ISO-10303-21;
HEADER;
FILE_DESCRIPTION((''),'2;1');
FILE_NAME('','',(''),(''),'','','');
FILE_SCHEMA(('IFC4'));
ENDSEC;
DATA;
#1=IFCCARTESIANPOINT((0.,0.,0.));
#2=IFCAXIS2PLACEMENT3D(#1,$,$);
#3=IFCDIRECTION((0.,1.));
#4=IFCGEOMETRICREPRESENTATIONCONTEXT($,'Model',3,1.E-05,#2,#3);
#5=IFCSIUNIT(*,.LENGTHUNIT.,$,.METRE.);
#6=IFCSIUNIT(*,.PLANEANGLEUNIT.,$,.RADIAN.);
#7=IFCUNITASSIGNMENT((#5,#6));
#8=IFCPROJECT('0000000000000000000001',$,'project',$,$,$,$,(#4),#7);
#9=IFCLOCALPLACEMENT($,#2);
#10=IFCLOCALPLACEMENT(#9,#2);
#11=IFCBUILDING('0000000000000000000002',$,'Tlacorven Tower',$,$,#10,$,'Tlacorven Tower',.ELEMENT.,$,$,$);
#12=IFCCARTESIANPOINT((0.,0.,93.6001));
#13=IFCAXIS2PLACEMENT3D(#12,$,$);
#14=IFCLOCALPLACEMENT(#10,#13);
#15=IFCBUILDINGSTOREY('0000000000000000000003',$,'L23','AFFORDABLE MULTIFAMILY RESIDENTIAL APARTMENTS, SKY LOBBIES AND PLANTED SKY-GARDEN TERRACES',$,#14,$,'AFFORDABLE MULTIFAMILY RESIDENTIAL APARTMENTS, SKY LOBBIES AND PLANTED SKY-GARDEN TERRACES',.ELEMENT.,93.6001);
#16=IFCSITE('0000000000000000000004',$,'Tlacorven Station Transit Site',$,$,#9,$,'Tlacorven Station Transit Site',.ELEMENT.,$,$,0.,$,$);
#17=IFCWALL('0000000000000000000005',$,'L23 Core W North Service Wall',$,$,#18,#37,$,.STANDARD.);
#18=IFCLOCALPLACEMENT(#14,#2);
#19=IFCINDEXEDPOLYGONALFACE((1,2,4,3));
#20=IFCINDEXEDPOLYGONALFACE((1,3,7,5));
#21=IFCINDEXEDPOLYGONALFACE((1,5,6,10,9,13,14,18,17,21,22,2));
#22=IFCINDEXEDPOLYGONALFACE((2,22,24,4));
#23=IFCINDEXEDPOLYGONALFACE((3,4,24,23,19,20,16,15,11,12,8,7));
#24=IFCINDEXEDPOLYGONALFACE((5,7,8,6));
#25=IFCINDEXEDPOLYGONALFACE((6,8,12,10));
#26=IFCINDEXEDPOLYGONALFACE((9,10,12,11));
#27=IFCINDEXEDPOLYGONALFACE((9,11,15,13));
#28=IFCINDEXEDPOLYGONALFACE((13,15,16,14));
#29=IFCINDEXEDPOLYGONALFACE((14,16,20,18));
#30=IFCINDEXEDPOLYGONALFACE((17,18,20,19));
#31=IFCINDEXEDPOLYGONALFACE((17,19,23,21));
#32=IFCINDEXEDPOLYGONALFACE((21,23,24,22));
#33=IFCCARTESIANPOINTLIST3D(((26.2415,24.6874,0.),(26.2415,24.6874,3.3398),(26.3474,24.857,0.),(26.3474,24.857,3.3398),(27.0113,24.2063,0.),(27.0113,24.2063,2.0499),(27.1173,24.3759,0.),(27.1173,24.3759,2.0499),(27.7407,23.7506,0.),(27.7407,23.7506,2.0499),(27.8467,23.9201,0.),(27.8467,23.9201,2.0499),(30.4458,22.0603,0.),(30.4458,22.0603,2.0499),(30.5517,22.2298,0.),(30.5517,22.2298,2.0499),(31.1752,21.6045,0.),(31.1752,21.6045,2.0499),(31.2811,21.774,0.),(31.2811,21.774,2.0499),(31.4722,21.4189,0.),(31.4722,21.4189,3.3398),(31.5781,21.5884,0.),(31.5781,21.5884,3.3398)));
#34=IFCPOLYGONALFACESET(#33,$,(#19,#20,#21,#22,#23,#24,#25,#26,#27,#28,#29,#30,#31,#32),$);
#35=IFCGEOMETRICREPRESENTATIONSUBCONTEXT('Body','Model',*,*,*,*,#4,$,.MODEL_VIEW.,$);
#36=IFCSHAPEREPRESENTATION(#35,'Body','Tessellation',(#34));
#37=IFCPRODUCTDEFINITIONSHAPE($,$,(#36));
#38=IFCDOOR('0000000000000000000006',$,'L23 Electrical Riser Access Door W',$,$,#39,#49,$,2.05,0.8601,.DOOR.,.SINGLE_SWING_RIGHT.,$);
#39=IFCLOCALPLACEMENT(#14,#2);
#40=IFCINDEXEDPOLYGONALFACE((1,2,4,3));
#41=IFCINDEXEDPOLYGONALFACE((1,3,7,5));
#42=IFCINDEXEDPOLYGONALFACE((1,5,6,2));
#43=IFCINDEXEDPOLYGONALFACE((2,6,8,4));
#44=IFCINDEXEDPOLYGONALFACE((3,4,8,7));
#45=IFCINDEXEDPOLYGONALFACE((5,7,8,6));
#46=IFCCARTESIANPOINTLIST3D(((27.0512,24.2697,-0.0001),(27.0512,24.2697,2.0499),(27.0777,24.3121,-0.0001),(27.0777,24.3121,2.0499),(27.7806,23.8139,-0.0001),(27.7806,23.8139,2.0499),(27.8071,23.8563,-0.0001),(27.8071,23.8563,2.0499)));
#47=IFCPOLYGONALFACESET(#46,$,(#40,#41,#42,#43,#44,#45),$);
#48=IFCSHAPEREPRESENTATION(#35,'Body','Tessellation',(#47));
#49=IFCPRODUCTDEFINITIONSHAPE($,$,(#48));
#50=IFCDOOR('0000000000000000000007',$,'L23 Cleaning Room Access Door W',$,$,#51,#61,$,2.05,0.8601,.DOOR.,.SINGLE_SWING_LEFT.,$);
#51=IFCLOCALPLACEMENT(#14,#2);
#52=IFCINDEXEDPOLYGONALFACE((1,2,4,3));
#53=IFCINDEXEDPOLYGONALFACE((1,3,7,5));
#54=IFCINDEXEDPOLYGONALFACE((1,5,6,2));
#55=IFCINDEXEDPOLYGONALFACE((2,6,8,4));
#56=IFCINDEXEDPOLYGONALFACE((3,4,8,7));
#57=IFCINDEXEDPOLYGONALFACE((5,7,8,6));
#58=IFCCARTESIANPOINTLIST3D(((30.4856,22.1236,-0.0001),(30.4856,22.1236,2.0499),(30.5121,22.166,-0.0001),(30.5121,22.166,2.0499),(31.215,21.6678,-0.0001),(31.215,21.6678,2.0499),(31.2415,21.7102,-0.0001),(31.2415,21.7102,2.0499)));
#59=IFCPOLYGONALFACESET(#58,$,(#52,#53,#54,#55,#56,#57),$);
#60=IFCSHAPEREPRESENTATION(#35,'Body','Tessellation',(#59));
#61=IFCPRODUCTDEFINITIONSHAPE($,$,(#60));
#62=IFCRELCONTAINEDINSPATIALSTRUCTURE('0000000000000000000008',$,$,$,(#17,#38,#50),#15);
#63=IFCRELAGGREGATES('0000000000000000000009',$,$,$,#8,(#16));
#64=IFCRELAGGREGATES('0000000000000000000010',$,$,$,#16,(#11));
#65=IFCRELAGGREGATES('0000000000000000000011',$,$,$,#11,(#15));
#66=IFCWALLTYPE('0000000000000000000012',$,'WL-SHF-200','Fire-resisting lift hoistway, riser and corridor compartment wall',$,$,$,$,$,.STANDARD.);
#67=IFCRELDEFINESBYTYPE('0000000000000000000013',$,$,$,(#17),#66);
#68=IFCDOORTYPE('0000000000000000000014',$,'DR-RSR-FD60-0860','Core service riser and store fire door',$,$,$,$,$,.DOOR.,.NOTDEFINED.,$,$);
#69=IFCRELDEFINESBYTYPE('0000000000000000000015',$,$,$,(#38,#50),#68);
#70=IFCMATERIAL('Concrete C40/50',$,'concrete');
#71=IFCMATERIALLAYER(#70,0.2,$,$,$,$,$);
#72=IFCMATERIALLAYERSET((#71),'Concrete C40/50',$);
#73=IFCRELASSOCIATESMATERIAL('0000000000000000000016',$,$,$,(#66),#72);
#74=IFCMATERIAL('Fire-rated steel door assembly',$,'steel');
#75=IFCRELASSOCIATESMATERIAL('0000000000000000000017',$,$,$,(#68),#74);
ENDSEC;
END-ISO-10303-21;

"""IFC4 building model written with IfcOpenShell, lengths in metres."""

from ifc_helpers import new_model, si_unit, direction, frame, frame_2d, origin, place, context, subcontext, project, spatial, rectangle, extrude, source, transform, mapped, material, layer, layer_set, type_object, element, fill, save


model = new_model("IFC4")

# Units and contexts
model_context = context("Model", 3, precision=1e-05, world=origin(), true_north=direction((0.0, 1.0)))
body_context = subcontext(model_context, "Body", "Model", "MODEL_VIEW")
ifc_project = project(units=[si_unit("LENGTHUNIT", "METRE"), si_unit("PLANEANGLEUNIT", "RADIAN")], contexts=[model_context])

# Site, building, storey
site_placement = place(None, origin())
site = spatial("IfcSite", under=ifc_project, at=site_placement, Name="Tlacorven Station Transit Site", LongName="Tlacorven Station Transit Site", CompositionType="ELEMENT", RefElevation=0.0)
building_placement = place(site_placement, origin())
building = spatial("IfcBuilding", under=site, at=building_placement, Name="Tlacorven Tower", LongName="Tlacorven Tower", CompositionType="ELEMENT")
storey_placement = place(building_placement, frame((0.0, 0.0, 93.6001)))
storey = spatial("IfcBuildingStorey", under=building, at=storey_placement, Name="L23", Description="AFFORDABLE MULTIFAMILY RESIDENTIAL APARTMENTS, SKY LOBBIES AND PLANTED SKY-GARDEN TERRACES", LongName="AFFORDABLE MULTIFAMILY RESIDENTIAL APARTMENTS, SKY LOBBIES AND PLANTED SKY-GARDEN TERRACES", CompositionType="ELEMENT", Elevation=93.6001)

# Shared definitions
ifc_material_1 = material(Name="Concrete C40/50", Category="concrete")
ifc_layer_1 = layer(ifc_material_1, 0.2)
ifc_layer_set_1 = layer_set([ifc_layer_1], Name="Concrete C40/50")
wall_type_1 = type_object("IfcWallType", Name="WL-SHF-200", Description="Fire-resisting lift hoistway, riser and corridor compartment wall", PredefinedType="STANDARD", material=ifc_layer_set_1)

# Wall, openings, doors
wall_1_placement = place(storey_placement, frame((31.5251, 21.5037, 0.0), z_axis=(0.0, 0.0, 1.0), x_axis=(-0.848045, 0.529924, 0.0)))
wall_1 = element("IfcWall", 1, at=wall_1_placement, inside=storey, type_object=wall_type_1, Name="L23 Core W North Service Wall", PredefinedType="STANDARD", context=body_context, shape_type="SweptSolid", body=[
    extrude(rectangle(XDim=6.168, YDim=0.2, at=frame_2d((3.084, 0.0))), origin(), (0.0, 0.0, 1.0), 3.3398),
])
opening_1_placement = place(wall_1_placement, frame((4.3999, 0.0, 0.0)))
opening_1 = element("IfcOpeningElement", 2, at=opening_1_placement, cuts=wall_1, PredefinedType="OPENING", context=body_context, shape_type="SweptSolid", body=[
    extrude(rectangle(XDim=0.8601, YDim=2.05, at=frame_2d((0.4302, 1.0249))), frame((0.0, 0.1099, 0.0), z_axis=(0.0, -1.0, 0.0), x_axis=(1.0, 0.0, 0.0)), (0.0, 0.0, 1.0), 0.22),
])
opening_2_placement = place(wall_1_placement, frame((0.3501, 0.0, 0.0)))
opening_2 = element("IfcOpeningElement", 3, at=opening_2_placement, cuts=wall_1, PredefinedType="OPENING", context=body_context, shape_type="SweptSolid", body=[
    extrude(rectangle(XDim=0.8601, YDim=2.05, at=frame_2d((0.4302, 1.0249))), frame((0.0, 0.1099, 0.0), z_axis=(0.0, -1.0, 0.0), x_axis=(1.0, 0.0, 0.0)), (0.0, 0.0, 1.0), 0.22),
])
ifc_material_2 = material(Name="Fire-rated steel door assembly", Category="steel")
door_type_1 = type_object("IfcDoorType", Name="DR-RSR-FD60-0860", Description="Core service riser and store fire door", OperationType="NOTDEFINED", PredefinedType="DOOR", material=ifc_material_2)
shared_shape_1 = source(origin(), body_context, "Body", "SweptSolid", [
    extrude(rectangle(XDim=0.8601, YDim=2.05, at=frame_2d((0.4302, 1.0249))), frame((0.0, 0.0249, 0.0), z_axis=(0.0, -1.0, 0.0), x_axis=(1.0, 0.0, 0.0)), (0.0, 0.0, 1.0), 0.05),
])
door_1_placement = place(opening_1_placement, frame((0.8601, 0.0, 0.0), z_axis=(0.0, 0.0, 1.0), x_axis=(-1.0, 0.0, 0.0)))
door_1 = element("IfcDoor", 4, at=door_1_placement, inside=storey, type_object=door_type_1, Name="L23 Electrical Riser Access Door W", OperationType="SINGLE_SWING_RIGHT", OverallHeight=2.05, OverallWidth=0.8601, PredefinedType="DOOR", context=body_context, shape_type="MappedRepresentation", body=[
    mapped(shared_shape_1, transform((0.0, 0.0, 0.0), scale=1.0)),
])
fill(opening_1, door_1)
door_2_placement = place(opening_2_placement, frame((0.8601, 0.0, 0.0), z_axis=(0.0, 0.0, 1.0), x_axis=(-1.0, 0.0, 0.0)))
door_2 = element("IfcDoor", 5, at=door_2_placement, inside=storey, type_object=door_type_1, Name="L23 Cleaning Room Access Door W", OperationType="SINGLE_SWING_LEFT", OverallHeight=2.05, OverallWidth=0.8601, PredefinedType="DOOR", context=body_context, shape_type="MappedRepresentation", body=[
    mapped(shared_shape_1, transform((0.0, 0.0, 0.0), scale=1.0)),
])
fill(opening_2, door_2)

save(model, "model.ifc")
